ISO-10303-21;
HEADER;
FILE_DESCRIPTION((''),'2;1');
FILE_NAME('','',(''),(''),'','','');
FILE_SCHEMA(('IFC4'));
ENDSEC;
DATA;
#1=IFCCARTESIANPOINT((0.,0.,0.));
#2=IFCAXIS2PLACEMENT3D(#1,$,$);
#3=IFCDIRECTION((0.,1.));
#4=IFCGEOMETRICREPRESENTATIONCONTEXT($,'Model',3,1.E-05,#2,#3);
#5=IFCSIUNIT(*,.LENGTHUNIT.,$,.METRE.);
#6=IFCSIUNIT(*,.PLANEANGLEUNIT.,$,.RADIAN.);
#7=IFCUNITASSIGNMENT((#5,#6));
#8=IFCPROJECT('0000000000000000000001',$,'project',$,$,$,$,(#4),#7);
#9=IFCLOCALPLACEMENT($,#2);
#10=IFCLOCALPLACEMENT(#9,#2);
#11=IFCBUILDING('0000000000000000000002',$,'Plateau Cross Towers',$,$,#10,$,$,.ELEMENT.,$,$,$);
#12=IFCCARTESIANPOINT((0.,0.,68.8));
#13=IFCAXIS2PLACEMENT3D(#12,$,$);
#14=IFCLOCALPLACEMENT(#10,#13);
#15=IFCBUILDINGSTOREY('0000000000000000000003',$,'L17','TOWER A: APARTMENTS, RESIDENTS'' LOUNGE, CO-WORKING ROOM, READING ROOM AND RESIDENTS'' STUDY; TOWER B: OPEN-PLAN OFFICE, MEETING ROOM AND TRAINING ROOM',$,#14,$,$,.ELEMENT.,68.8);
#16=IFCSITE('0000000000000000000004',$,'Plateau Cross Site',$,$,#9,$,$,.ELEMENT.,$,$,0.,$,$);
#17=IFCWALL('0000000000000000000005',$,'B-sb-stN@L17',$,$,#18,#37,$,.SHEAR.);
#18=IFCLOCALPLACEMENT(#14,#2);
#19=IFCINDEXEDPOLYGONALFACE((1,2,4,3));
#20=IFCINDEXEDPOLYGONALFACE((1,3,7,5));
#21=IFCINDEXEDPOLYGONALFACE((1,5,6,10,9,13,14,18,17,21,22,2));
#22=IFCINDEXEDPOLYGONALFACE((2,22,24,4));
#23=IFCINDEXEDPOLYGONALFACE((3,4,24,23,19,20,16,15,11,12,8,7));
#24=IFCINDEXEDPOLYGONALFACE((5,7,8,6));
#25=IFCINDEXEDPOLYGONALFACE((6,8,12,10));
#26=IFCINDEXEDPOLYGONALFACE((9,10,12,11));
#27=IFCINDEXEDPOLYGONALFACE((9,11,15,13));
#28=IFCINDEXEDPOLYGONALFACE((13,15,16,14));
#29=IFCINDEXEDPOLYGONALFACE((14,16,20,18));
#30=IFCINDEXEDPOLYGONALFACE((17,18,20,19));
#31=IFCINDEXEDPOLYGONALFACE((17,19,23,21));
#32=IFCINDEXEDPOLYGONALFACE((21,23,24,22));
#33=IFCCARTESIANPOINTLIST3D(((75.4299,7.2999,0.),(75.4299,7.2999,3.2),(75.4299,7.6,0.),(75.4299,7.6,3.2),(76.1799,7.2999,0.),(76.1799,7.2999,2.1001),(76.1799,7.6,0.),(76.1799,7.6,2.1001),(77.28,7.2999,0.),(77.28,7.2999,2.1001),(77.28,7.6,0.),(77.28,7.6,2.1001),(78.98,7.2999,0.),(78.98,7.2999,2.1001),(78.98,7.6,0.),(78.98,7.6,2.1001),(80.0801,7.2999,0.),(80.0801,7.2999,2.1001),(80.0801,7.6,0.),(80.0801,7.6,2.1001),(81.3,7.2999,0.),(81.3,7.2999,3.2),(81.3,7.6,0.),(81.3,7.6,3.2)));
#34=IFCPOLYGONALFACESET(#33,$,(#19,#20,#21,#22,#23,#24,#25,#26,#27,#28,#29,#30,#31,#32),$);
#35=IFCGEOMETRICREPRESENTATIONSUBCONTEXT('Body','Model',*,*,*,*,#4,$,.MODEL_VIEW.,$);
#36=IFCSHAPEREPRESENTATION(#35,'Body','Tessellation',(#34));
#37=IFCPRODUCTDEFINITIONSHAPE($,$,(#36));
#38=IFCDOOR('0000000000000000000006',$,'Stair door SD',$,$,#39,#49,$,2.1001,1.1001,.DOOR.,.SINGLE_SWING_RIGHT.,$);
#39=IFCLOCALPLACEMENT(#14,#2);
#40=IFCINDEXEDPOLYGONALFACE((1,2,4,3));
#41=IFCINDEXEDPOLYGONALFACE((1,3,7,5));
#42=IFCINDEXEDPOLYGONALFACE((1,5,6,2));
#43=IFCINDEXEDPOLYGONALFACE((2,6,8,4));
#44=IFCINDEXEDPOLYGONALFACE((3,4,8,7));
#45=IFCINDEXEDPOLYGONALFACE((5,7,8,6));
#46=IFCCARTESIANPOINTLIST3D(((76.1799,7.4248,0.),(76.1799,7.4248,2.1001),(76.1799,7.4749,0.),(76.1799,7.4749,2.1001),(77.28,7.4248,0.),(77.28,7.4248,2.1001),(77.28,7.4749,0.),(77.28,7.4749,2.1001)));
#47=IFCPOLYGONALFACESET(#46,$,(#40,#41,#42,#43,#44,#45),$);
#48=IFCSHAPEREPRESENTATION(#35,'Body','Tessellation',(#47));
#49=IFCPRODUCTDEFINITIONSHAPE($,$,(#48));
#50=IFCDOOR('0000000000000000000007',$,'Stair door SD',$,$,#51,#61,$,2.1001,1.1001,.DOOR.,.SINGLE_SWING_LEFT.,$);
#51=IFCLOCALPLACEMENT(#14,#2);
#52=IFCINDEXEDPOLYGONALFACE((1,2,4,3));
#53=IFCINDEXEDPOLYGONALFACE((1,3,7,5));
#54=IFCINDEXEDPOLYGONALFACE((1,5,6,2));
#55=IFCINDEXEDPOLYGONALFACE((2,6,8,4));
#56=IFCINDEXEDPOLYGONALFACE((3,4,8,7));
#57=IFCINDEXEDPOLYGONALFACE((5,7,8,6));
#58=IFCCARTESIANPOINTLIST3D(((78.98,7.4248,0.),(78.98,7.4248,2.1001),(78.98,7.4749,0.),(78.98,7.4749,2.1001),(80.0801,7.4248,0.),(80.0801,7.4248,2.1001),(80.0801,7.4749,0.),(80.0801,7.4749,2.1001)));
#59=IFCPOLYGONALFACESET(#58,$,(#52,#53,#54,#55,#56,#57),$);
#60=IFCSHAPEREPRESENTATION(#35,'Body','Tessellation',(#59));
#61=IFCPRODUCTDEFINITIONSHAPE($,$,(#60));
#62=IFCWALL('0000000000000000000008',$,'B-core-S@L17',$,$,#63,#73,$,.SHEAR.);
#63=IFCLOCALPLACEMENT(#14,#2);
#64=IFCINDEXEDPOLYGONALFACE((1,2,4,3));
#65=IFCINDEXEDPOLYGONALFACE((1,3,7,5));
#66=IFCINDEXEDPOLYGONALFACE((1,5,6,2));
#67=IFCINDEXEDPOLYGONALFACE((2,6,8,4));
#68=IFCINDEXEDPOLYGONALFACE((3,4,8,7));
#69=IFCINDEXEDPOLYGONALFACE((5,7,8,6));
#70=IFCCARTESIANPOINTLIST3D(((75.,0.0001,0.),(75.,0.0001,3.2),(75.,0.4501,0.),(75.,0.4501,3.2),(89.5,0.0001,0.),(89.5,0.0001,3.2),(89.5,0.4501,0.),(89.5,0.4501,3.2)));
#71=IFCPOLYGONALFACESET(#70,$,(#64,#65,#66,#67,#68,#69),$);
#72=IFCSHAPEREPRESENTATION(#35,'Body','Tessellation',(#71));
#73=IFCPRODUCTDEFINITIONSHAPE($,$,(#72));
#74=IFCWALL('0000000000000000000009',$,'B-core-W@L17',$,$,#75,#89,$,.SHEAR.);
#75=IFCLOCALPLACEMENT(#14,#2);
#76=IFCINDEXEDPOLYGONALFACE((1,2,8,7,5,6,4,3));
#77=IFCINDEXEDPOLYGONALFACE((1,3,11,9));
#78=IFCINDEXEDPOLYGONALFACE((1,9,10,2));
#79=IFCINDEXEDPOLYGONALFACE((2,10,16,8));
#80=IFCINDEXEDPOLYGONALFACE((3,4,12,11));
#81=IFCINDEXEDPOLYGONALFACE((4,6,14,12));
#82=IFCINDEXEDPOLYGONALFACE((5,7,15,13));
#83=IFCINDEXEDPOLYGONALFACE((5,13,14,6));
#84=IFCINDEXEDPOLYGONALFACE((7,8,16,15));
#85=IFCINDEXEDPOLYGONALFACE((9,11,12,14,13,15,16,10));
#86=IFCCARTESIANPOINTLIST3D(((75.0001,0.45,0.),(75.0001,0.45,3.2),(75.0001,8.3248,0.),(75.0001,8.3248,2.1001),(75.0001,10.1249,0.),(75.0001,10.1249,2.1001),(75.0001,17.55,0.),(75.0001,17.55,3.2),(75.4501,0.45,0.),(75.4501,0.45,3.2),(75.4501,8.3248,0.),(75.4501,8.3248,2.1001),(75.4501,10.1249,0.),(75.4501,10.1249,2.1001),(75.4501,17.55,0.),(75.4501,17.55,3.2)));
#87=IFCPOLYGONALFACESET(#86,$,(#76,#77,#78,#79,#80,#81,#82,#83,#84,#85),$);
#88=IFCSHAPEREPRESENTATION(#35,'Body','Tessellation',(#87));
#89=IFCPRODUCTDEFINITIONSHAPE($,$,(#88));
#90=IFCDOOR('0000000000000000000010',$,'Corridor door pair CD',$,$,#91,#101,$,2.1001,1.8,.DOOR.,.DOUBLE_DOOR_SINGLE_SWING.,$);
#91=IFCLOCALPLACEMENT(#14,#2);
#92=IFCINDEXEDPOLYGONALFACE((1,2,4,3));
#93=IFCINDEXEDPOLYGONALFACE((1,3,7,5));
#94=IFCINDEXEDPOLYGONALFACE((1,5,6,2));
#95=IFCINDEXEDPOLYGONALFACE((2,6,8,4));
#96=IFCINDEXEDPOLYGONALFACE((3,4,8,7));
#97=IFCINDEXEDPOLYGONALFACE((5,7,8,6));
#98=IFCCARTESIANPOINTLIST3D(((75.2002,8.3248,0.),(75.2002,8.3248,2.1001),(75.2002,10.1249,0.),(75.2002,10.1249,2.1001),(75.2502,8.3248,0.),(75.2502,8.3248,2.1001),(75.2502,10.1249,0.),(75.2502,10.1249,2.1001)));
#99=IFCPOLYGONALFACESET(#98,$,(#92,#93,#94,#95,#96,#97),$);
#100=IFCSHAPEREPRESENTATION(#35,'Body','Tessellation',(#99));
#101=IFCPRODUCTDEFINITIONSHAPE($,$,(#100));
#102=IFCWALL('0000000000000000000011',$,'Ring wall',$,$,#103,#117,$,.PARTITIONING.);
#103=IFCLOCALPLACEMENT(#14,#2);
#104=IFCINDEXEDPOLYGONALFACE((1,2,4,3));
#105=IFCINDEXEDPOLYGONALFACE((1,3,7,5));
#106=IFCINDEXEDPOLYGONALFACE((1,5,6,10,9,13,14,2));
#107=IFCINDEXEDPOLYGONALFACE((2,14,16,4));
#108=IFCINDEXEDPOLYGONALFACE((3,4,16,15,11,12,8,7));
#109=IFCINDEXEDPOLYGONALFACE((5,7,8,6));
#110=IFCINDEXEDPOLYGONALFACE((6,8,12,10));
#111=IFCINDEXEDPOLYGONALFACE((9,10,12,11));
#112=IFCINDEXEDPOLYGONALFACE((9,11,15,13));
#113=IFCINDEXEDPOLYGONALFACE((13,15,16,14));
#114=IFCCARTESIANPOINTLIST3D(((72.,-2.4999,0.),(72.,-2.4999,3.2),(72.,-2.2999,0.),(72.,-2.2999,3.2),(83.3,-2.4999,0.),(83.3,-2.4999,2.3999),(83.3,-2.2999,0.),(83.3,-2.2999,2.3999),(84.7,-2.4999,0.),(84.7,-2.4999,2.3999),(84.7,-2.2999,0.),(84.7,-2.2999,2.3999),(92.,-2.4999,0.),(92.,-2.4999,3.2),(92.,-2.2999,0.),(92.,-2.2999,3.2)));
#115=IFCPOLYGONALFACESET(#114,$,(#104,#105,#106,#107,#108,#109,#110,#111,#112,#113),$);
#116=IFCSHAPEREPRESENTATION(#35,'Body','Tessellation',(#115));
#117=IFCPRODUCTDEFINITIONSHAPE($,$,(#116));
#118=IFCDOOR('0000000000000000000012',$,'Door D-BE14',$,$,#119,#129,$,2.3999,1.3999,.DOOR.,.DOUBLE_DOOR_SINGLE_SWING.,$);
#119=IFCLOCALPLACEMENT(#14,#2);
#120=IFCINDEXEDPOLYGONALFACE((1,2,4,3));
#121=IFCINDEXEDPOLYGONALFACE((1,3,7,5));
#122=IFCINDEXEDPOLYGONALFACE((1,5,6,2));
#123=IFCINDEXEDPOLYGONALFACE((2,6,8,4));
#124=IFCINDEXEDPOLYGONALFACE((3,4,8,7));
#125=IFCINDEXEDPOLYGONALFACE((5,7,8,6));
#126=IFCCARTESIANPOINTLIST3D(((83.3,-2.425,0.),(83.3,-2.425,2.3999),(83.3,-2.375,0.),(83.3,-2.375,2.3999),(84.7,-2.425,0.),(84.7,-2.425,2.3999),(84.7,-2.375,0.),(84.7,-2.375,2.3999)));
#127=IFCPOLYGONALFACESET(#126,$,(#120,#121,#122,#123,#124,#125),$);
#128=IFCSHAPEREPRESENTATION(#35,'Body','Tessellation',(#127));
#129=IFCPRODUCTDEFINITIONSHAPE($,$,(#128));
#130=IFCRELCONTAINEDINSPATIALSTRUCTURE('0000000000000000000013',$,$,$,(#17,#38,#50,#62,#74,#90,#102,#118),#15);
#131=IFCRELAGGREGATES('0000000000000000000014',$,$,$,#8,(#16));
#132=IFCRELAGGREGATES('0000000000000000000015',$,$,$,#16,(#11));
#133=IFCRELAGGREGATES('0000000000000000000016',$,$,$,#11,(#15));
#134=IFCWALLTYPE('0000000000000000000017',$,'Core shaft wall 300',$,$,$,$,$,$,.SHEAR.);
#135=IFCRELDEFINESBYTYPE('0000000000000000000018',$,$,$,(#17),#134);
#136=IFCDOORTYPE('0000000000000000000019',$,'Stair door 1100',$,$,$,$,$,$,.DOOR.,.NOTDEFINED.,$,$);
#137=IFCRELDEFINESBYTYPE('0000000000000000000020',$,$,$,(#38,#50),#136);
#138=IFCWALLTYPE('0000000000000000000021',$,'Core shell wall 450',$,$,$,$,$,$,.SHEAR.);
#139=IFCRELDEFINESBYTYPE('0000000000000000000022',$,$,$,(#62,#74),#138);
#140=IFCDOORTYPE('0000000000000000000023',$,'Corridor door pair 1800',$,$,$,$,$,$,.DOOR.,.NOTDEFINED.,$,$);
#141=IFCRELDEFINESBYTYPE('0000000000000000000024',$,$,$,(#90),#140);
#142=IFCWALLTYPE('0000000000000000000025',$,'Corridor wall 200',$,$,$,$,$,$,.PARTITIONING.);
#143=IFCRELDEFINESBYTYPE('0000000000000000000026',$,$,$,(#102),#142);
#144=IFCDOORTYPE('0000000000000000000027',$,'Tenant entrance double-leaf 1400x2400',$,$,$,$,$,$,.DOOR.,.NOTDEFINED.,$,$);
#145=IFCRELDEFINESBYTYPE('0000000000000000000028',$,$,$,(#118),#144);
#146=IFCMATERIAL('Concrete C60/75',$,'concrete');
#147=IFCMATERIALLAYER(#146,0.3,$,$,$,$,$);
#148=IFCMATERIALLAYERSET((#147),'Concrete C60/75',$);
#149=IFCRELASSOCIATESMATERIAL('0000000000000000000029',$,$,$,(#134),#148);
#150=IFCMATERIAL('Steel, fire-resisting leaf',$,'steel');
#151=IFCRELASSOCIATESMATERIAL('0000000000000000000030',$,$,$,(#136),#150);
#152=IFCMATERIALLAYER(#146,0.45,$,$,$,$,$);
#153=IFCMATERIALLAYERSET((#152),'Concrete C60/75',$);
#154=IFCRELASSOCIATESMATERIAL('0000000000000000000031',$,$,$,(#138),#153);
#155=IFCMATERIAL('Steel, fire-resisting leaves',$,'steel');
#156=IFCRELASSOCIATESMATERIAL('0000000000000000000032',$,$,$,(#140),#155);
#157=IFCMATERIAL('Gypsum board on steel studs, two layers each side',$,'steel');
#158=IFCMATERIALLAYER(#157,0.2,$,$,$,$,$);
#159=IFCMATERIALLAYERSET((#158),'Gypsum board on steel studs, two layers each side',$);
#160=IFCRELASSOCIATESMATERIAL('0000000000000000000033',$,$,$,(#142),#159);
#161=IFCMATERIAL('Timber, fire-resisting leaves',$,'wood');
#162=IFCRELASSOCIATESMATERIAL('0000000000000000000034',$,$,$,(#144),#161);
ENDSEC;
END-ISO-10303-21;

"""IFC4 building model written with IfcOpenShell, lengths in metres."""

from ifc_helpers import new_model, si_unit, direction, frame, frame_2d, origin, place, context, subcontext, project, spatial, rectangle, extrude, material, layer, layer_set, type_object, element, fill, save


model = new_model("IFC4")

# Units and contexts
model_context = context("Model", 3, precision=1e-05, world=origin(), true_north=direction((0.0, 1.0)))
body_context = subcontext(model_context, "Body", "Model", "MODEL_VIEW")
ifc_project = project(units=[si_unit("LENGTHUNIT", "METRE"), si_unit("PLANEANGLEUNIT", "RADIAN")], contexts=[model_context])

# Site, building, storey
site_placement = place(None, origin())
site = spatial("IfcSite", under=ifc_project, at=site_placement, Name="Plateau Cross Site", CompositionType="ELEMENT", RefElevation=0.0)
building_placement = place(site_placement, origin())
building = spatial("IfcBuilding", under=site, at=building_placement, Name="Plateau Cross Towers", CompositionType="ELEMENT")
storey_placement = place(building_placement, frame((0.0, 0.0, 68.8)))
storey = spatial("IfcBuildingStorey", under=building, at=storey_placement, Name="L17", Description="TOWER A: APARTMENTS, RESIDENTS' LOUNGE, CO-WORKING ROOM, READING ROOM AND RESIDENTS' STUDY; TOWER B: OPEN-PLAN OFFICE, MEETING ROOM AND TRAINING ROOM", CompositionType="ELEMENT", Elevation=68.8)

# Shared definitions
ifc_material_1 = material(Name="Concrete C60/75", Category="concrete")

# Shared definitions
ifc_layer_1 = layer(ifc_material_1, 0.3)
ifc_layer_set_1 = layer_set([ifc_layer_1], Name="Concrete C60/75")
wall_type_1 = type_object("IfcWallType", Name="Core shaft wall 300", PredefinedType="SHEAR", material=ifc_layer_set_1)

# Wall, openings, doors
wall_1_placement = place(storey_placement, frame((75.4299, 7.45, 0.0), z_axis=(0.0, 0.0, 1.0), x_axis=(1.0, 0.0, 0.0)))
wall_1 = element("IfcWall", 1, at=wall_1_placement, inside=storey, type_object=wall_type_1, Name="B-sb-stN@L17", PredefinedType="SHEAR", context=body_context, shape_type="SweptSolid", body=[
    extrude(rectangle(XDim=5.8701, YDim=0.3, at=frame_2d((2.9351, 0.0))), origin(), (0.0, 0.0, 1.0), 3.2),
])
opening_1_placement = place(wall_1_placement, frame((0.75, 0.0, 0.0)))
opening_1 = element("IfcOpeningElement", 2, at=opening_1_placement, cuts=wall_1, PredefinedType="OPENING", context=body_context, shape_type="SweptSolid", body=[
    extrude(rectangle(XDim=1.1001, YDim=2.1001, at=frame_2d((0.55, 1.05))), frame((0.0, 0.1599, 0.0), z_axis=(0.0, -1.0, 0.0), x_axis=(1.0, 0.0, 0.0)), (0.0, 0.0, 1.0), 0.3201),
])
opening_2_placement = place(wall_1_placement, frame((3.55, 0.0, 0.0)))
opening_2 = element("IfcOpeningElement", 3, at=opening_2_placement, cuts=wall_1, PredefinedType="OPENING", context=body_context, shape_type="SweptSolid", body=[
    extrude(rectangle(XDim=1.1001, YDim=2.1001, at=frame_2d((0.55, 1.05))), frame((0.0, 0.1599, 0.0), z_axis=(0.0, -1.0, 0.0), x_axis=(1.0, 0.0, 0.0)), (0.0, 0.0, 1.0), 0.3201),
])
ifc_material_2 = material(Name="Steel, fire-resisting leaf", Category="steel")
door_type_1 = type_object("IfcDoorType", Name="Stair door 1100", OperationType="NOTDEFINED", PredefinedType="DOOR", material=ifc_material_2)
door_1_placement = place(opening_1_placement, origin())
door_1 = element("IfcDoor", 4, at=door_1_placement, inside=storey, type_object=door_type_1, Name="Stair door SD", OperationType="SINGLE_SWING_RIGHT", OverallHeight=2.1001, OverallWidth=1.1001, PredefinedType="DOOR", context=body_context, shape_type="SweptSolid", body=[
    extrude(rectangle(XDim=1.1001, YDim=2.1001, at=frame_2d((0.55, 1.05))), frame((0.0, 0.0249, 0.0), z_axis=(0.0, -1.0, 0.0), x_axis=(1.0, 0.0, 0.0)), (0.0, 0.0, 1.0), 0.05),
])
fill(opening_1, door_1)
door_2_placement = place(opening_2_placement, origin())
door_2 = element("IfcDoor", 5, at=door_2_placement, inside=storey, type_object=door_type_1, Name="Stair door SD", OperationType="SINGLE_SWING_LEFT", OverallHeight=2.1001, OverallWidth=1.1001, PredefinedType="DOOR", context=body_context, shape_type="SweptSolid", body=[
    extrude(rectangle(XDim=1.1001, YDim=2.1001, at=frame_2d((0.55, 1.05))), frame((0.0, 0.0249, 0.0), z_axis=(0.0, -1.0, 0.0), x_axis=(1.0, 0.0, 0.0)), (0.0, 0.0, 1.0), 0.05),
])
fill(opening_2, door_2)

# Wall
ifc_layer_2 = layer(ifc_material_1, 0.45)
ifc_layer_set_2 = layer_set([ifc_layer_2], Name="Concrete C60/75")
wall_type_2 = type_object("IfcWallType", Name="Core shell wall 450", PredefinedType="SHEAR", material=ifc_layer_set_2)
wall_2_placement = place(storey_placement, frame((75.0, 0.2251, 0.0), z_axis=(0.0, 0.0, 1.0), x_axis=(1.0, 0.0, 0.0)))
element("IfcWall", 6, at=wall_2_placement, inside=storey, type_object=wall_type_2, Name="B-core-S@L17", PredefinedType="SHEAR", context=body_context, shape_type="SweptSolid", body=[
    extrude(rectangle(XDim=14.5, YDim=0.45, at=frame_2d((7.25, 0.0))), origin(), (0.0, 0.0, 1.0), 3.2),
])

# Walls, openings, doors
wall_3_placement = place(storey_placement, frame((75.2251, 0.45, 0.0), z_axis=(0.0, 0.0, 1.0), x_axis=(0.0, 1.0, 0.0)))
wall_3 = element("IfcWall", 7, at=wall_3_placement, inside=storey, type_object=wall_type_2, Name="B-core-W@L17", PredefinedType="SHEAR", context=body_context, shape_type="SweptSolid", body=[
    extrude(rectangle(XDim=17.1001, YDim=0.45, at=frame_2d((8.55, 0.0))), origin(), (0.0, 0.0, 1.0), 3.2),
])
opening_3_placement = place(wall_3_placement, frame((7.875, 0.0, 0.0)))
opening_3 = element("IfcOpeningElement", 8, at=opening_3_placement, cuts=wall_3, PredefinedType="OPENING", context=body_context, shape_type="SweptSolid", body=[
    extrude(rectangle(XDim=1.8, YDim=2.1001, at=frame_2d((0.8999, 1.05))), frame((0.0, 0.2349, 0.0), z_axis=(0.0, -1.0, 0.0), x_axis=(1.0, 0.0, 0.0)), (0.0, 0.0, 1.0), 0.47),
])
ifc_material_3 = material(Name="Steel, fire-resisting leaves", Category="steel")
door_type_2 = type_object("IfcDoorType", Name="Corridor door pair 1800", OperationType="NOTDEFINED", PredefinedType="DOOR", material=ifc_material_3)
door_3_placement = place(opening_3_placement, origin())
door_3 = element("IfcDoor", 9, at=door_3_placement, inside=storey, type_object=door_type_2, Name="Corridor door pair CD", OperationType="DOUBLE_DOOR_SINGLE_SWING", OverallHeight=2.1001, OverallWidth=1.8, PredefinedType="DOOR", context=body_context, shape_type="SweptSolid", body=[
    extrude(rectangle(XDim=1.8, YDim=2.1001, at=frame_2d((0.8999, 1.05))), frame((0.0, 0.0249, 0.0), z_axis=(0.0, -1.0, 0.0), x_axis=(1.0, 0.0, 0.0)), (0.0, 0.0, 1.0), 0.05),
])
fill(opening_3, door_3)
ifc_material_4 = material(Name="Gypsum board on steel studs, two layers each side", Category="steel")
ifc_layer_3 = layer(ifc_material_4, 0.2)
ifc_layer_set_3 = layer_set([ifc_layer_3], Name="Gypsum board on steel studs, two layers each side")
wall_type_3 = type_object("IfcWallType", Name="Corridor wall 200", PredefinedType="PARTITIONING", material=ifc_layer_set_3)
wall_4_placement = place(storey_placement, frame((72.0, -2.3999, 0.0), z_axis=(0.0, 0.0, 1.0), x_axis=(1.0, 0.0, 0.0)))
wall_4 = element("IfcWall", 10, at=wall_4_placement, inside=storey, type_object=wall_type_3, Name="Ring wall", PredefinedType="PARTITIONING", context=body_context, shape_type="SweptSolid", body=[
    extrude(rectangle(XDim=20.0, YDim=0.2, at=frame_2d((10.0, 0.0))), origin(), (0.0, 0.0, 1.0), 3.2),
])
opening_4_placement = place(wall_4_placement, frame((11.3, 0.0, 0.0)))
opening_4 = element("IfcOpeningElement", 11, at=opening_4_placement, cuts=wall_4, PredefinedType="OPENING", context=body_context, shape_type="SweptSolid", body=[
    extrude(rectangle(XDim=1.3999, YDim=2.3999, at=frame_2d((0.7, 1.2))), frame((0.0, 0.1099, 0.0), z_axis=(0.0, -1.0, 0.0), x_axis=(1.0, 0.0, 0.0)), (0.0, 0.0, 1.0), 0.22),
])
ifc_material_5 = material(Name="Timber, fire-resisting leaves", Category="wood")
door_type_3 = type_object("IfcDoorType", Name="Tenant entrance double-leaf 1400x2400", OperationType="NOTDEFINED", PredefinedType="DOOR", material=ifc_material_5)
door_4_placement = place(opening_4_placement, origin())
door_4 = element("IfcDoor", 12, at=door_4_placement, inside=storey, type_object=door_type_3, Name="Door D-BE14", OperationType="DOUBLE_DOOR_SINGLE_SWING", OverallHeight=2.3999, OverallWidth=1.3999, PredefinedType="DOOR", context=body_context, shape_type="SweptSolid", body=[
    extrude(rectangle(XDim=1.3999, YDim=2.3999, at=frame_2d((0.7, 1.2))), frame((0.0, 0.0249, 0.0), z_axis=(0.0, -1.0, 0.0), x_axis=(1.0, 0.0, 0.0)), (0.0, 0.0, 1.0), 0.05),
])
fill(opening_4, door_4)

save(model, "model.ifc")
